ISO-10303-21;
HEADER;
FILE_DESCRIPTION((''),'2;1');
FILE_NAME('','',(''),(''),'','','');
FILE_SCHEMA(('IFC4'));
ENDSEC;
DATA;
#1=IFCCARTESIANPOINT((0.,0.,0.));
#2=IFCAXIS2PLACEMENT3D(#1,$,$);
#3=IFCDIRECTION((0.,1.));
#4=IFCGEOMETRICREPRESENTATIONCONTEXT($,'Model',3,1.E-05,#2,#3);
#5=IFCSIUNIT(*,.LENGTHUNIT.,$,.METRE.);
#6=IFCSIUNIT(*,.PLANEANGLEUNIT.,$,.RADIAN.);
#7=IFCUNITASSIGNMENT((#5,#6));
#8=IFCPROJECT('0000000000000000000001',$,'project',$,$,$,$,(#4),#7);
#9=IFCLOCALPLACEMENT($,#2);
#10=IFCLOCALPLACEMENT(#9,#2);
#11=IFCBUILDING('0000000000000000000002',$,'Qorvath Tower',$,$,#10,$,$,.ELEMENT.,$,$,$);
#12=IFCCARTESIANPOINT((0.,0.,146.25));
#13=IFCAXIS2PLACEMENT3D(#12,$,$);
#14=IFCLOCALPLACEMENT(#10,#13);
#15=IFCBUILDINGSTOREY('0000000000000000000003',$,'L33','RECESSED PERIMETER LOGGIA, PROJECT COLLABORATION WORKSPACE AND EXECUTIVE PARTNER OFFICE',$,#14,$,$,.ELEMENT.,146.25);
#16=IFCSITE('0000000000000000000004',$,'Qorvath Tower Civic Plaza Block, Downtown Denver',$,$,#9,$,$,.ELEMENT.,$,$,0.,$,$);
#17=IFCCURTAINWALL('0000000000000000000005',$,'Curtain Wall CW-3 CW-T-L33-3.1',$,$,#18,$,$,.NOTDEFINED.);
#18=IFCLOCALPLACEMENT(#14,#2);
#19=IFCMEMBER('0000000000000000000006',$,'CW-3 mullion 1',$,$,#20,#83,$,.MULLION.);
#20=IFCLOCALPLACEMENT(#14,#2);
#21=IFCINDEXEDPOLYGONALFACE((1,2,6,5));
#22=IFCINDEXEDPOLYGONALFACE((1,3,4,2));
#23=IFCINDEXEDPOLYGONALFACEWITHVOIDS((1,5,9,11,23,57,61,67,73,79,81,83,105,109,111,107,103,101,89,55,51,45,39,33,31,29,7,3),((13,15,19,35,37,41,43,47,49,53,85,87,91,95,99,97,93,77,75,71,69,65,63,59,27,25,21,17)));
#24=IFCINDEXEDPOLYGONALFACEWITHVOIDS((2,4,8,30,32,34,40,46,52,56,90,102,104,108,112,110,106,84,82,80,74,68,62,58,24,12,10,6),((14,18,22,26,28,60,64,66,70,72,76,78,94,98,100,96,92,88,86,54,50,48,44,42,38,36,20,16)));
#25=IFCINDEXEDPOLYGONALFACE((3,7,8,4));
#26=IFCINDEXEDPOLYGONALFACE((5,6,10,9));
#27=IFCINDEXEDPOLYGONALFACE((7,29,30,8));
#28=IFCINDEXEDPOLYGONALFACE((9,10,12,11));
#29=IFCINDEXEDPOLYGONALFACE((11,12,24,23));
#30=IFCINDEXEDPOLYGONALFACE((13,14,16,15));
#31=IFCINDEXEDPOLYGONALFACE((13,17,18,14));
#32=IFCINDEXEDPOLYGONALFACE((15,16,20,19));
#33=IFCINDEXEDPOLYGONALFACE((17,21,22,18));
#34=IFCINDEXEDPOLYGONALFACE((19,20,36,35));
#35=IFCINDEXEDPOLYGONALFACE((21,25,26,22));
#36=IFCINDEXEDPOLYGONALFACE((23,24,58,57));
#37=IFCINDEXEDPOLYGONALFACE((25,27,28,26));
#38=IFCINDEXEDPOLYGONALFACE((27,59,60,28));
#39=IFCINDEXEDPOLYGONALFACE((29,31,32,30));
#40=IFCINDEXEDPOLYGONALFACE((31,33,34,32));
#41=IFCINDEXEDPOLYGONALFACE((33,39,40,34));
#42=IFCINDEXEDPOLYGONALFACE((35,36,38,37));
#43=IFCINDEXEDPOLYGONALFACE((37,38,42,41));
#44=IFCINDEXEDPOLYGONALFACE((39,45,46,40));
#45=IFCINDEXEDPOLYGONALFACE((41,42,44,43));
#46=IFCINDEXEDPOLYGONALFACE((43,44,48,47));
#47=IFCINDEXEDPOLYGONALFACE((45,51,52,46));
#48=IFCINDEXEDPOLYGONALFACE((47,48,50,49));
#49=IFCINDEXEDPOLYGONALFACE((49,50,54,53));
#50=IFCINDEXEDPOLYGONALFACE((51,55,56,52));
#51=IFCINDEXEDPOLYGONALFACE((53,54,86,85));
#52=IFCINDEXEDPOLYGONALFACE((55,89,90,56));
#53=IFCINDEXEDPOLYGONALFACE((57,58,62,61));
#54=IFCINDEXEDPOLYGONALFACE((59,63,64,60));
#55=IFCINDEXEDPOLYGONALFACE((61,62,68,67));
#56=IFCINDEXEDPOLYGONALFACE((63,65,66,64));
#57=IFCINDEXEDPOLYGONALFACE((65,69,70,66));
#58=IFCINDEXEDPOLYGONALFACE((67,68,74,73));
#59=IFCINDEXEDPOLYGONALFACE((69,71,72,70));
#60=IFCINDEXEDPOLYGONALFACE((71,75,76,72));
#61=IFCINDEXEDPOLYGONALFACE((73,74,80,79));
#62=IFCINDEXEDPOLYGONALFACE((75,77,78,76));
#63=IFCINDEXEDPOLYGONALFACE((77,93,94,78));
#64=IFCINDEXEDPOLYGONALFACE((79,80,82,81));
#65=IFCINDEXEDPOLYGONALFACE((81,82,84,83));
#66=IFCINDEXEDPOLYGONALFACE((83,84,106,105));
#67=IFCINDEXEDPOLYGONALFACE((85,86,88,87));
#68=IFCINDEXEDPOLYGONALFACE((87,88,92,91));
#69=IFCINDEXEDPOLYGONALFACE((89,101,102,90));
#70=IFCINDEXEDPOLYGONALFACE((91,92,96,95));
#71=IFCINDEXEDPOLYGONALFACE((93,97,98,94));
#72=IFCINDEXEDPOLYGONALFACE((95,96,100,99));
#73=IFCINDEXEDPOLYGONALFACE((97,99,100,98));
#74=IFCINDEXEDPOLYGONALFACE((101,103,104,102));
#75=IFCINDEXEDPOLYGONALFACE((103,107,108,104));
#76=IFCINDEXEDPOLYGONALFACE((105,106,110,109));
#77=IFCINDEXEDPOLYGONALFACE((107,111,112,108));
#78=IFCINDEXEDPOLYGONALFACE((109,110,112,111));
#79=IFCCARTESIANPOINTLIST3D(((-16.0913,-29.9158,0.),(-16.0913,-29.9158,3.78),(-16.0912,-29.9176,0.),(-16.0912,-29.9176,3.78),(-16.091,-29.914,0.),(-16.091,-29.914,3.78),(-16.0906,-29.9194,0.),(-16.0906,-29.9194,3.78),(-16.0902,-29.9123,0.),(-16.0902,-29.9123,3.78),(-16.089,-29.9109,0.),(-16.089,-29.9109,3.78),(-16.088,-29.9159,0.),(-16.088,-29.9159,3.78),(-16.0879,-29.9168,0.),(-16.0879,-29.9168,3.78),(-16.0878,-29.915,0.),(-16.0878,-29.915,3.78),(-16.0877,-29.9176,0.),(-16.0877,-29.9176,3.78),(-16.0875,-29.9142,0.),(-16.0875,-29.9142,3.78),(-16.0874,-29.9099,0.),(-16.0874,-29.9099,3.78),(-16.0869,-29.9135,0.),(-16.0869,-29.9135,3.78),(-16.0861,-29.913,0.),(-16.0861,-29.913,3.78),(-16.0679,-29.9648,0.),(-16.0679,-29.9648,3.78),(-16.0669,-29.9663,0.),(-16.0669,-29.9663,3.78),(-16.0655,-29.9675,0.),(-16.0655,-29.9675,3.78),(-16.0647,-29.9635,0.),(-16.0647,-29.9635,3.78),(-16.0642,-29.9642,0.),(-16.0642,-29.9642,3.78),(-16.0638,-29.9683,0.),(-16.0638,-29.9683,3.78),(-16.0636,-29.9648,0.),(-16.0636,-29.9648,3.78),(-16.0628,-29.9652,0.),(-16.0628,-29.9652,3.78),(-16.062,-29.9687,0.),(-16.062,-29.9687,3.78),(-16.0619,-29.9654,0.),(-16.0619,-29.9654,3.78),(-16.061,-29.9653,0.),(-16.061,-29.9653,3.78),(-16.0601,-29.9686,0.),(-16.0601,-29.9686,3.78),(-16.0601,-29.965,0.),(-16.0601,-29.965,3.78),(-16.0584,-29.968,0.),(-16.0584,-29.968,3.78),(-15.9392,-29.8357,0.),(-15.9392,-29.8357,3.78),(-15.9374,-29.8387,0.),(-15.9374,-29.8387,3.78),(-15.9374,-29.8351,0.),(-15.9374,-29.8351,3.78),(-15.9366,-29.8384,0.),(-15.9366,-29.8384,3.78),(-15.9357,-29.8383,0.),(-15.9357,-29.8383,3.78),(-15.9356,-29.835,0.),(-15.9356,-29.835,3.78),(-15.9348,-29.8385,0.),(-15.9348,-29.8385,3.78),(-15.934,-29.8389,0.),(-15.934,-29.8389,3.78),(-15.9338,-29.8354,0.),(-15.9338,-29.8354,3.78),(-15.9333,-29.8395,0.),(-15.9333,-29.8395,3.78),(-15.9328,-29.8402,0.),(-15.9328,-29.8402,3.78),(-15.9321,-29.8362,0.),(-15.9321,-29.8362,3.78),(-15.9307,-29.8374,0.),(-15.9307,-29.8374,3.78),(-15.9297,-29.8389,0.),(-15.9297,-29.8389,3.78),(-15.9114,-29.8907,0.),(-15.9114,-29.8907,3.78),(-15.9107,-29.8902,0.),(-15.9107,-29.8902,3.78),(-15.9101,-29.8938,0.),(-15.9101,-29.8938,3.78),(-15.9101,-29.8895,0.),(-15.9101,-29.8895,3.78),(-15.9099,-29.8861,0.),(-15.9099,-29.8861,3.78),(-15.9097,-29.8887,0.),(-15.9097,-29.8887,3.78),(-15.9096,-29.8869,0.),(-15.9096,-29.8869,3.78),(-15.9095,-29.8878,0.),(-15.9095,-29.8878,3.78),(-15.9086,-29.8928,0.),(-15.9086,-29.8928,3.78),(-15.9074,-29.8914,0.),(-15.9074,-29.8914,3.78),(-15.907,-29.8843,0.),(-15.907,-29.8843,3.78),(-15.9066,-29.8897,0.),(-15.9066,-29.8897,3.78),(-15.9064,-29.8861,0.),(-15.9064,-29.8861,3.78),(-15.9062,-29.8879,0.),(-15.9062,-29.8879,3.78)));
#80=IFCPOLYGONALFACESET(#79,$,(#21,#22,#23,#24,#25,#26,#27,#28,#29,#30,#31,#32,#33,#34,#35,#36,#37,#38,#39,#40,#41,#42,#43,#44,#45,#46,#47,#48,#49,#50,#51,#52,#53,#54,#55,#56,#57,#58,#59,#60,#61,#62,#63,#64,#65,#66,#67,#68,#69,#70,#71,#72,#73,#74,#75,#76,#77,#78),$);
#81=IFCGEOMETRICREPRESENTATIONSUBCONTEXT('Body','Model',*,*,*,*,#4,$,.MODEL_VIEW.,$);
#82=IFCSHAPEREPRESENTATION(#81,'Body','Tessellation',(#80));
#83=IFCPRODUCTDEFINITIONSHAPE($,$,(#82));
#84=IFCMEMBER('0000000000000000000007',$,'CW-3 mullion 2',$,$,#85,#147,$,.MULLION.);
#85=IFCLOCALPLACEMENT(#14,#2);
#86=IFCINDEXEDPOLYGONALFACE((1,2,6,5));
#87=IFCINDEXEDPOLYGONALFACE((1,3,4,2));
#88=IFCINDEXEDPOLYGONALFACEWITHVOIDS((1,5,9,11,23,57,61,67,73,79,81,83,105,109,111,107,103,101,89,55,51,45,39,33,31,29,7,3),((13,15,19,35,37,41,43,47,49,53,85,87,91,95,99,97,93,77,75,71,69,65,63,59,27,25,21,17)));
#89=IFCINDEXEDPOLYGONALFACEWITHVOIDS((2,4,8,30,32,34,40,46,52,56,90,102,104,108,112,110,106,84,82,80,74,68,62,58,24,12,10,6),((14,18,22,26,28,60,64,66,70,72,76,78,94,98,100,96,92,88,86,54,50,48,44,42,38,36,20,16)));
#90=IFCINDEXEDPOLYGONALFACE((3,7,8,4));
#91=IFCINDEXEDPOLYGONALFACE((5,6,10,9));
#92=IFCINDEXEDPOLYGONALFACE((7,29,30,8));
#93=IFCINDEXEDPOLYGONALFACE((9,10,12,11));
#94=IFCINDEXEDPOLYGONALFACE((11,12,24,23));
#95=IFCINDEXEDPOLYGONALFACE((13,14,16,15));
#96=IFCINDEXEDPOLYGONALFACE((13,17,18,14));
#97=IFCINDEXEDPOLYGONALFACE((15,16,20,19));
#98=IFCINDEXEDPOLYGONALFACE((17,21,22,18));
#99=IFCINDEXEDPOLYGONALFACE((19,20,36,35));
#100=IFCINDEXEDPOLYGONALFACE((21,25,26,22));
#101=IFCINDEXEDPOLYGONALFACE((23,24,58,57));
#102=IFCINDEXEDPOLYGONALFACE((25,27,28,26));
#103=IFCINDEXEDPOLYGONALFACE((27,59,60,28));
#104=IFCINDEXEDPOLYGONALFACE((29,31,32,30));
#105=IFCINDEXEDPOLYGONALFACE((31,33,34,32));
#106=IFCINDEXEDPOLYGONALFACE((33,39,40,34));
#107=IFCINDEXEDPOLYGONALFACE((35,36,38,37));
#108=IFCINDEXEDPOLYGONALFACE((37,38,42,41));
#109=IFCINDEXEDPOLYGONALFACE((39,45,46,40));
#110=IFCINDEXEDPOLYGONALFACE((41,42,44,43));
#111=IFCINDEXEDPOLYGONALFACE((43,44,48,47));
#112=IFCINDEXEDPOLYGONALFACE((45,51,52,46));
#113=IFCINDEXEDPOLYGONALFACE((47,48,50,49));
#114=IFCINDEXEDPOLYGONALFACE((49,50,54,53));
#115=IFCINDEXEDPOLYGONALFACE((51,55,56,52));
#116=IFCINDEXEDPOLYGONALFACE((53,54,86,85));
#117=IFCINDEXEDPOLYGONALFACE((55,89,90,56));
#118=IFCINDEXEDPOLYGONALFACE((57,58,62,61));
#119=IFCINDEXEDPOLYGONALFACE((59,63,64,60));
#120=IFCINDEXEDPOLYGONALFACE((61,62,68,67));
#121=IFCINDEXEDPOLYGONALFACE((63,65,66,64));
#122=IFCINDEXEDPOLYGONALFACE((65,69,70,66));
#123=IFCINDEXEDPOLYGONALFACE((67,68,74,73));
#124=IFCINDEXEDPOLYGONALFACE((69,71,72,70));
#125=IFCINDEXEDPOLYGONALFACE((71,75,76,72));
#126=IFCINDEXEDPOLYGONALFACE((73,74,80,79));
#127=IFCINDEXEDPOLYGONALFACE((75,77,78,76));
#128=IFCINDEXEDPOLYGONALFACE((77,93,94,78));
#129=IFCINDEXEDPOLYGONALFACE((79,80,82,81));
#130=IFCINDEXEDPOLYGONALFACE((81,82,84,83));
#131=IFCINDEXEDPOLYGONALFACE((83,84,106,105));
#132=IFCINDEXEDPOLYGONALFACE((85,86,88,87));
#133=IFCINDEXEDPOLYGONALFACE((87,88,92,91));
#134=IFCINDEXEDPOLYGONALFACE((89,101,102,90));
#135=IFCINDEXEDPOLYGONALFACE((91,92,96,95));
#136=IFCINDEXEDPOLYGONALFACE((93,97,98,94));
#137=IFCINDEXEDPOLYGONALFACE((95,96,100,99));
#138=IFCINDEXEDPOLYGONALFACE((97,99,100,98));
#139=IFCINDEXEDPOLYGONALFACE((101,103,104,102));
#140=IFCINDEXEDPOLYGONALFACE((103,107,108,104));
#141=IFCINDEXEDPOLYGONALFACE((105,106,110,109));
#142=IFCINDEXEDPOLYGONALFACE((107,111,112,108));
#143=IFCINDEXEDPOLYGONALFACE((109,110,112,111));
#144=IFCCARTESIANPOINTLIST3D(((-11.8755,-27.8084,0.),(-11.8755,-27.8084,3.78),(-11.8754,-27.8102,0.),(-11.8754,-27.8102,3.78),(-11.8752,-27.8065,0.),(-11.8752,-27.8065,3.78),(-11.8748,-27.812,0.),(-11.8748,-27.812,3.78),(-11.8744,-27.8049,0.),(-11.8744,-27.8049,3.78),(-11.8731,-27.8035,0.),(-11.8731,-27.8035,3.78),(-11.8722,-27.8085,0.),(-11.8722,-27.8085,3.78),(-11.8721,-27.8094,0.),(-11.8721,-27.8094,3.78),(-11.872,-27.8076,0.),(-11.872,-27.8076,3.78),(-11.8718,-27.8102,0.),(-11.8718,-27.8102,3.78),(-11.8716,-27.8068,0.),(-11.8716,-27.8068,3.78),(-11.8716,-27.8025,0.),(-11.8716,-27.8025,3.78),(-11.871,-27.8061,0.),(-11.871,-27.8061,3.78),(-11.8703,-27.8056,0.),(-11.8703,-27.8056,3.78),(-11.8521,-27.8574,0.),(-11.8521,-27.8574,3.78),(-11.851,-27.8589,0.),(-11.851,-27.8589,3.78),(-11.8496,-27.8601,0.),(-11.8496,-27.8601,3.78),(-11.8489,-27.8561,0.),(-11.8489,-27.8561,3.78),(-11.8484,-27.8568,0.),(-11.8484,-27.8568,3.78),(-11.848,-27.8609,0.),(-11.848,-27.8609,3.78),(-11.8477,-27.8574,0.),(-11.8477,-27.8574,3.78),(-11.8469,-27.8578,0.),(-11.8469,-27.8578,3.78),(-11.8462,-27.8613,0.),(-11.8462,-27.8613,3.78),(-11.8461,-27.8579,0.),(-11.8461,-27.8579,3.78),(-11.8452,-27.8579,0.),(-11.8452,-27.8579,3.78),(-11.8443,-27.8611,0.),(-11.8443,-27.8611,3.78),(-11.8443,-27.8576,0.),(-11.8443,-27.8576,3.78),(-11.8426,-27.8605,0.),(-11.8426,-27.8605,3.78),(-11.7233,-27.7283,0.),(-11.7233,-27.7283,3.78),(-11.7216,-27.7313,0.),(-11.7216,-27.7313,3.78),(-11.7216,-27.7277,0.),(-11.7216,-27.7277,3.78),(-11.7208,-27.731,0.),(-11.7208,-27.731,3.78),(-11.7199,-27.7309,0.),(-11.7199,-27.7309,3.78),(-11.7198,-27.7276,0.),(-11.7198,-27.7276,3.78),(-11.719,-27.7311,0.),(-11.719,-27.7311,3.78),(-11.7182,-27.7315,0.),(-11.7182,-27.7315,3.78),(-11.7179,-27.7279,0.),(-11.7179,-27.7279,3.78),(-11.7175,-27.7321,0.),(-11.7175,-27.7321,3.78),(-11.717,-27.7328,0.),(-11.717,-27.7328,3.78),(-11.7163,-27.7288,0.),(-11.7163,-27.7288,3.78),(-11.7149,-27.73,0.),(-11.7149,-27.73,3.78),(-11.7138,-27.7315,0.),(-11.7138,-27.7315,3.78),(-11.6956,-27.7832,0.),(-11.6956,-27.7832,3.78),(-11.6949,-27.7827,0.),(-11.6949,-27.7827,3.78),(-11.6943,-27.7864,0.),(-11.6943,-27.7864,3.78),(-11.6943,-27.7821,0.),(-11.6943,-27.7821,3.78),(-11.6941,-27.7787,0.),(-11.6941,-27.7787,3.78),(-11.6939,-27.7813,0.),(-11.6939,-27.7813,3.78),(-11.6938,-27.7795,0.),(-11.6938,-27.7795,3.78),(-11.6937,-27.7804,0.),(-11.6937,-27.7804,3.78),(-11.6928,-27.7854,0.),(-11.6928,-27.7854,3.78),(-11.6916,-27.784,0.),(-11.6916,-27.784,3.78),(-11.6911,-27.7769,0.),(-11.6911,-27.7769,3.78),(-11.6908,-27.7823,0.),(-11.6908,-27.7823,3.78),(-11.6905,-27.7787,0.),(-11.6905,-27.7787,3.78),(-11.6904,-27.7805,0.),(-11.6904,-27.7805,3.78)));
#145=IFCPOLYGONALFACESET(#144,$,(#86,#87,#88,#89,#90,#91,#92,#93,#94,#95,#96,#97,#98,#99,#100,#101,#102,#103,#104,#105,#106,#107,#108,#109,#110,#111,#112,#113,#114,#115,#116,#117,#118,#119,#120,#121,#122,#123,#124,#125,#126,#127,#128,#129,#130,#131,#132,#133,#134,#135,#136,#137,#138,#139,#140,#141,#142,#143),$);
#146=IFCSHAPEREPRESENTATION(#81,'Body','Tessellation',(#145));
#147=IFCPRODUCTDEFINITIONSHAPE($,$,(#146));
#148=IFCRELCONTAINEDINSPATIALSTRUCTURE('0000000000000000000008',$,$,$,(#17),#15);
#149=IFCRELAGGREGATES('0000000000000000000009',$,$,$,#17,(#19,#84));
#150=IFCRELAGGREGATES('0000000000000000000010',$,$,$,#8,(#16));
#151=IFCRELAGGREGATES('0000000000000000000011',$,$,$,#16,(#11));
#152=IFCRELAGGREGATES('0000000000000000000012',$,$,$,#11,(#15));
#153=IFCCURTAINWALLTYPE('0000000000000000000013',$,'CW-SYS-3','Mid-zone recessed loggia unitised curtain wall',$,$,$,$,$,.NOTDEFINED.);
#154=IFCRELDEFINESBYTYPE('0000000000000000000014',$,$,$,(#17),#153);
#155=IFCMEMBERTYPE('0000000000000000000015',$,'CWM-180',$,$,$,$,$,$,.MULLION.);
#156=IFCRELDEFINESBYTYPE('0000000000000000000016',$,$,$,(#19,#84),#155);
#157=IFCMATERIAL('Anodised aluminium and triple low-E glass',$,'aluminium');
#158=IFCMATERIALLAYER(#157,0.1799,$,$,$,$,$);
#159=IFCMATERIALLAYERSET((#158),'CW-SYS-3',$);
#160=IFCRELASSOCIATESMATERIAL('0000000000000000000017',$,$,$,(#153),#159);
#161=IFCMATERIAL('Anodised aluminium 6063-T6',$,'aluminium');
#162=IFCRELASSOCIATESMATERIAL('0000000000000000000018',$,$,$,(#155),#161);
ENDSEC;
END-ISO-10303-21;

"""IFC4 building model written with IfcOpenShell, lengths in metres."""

from ifc_helpers import new_model, si_unit, direction, frame, origin, origin_2d, place, context, subcontext, project, spatial, hollow_rectangle, extrude, material, layer, layer_set, material_profile, profile_set, type_object, element, aggregate, save


model = new_model("IFC4")

# Units and contexts
model_context = context("Model", 3, precision=1e-05, world=origin(), true_north=direction((0.0, 1.0)))
body_context = subcontext(model_context, "Body", "Model", "MODEL_VIEW")
ifc_project = project(units=[si_unit("LENGTHUNIT", "METRE"), si_unit("PLANEANGLEUNIT", "RADIAN")], contexts=[model_context])

# Site, building, storey
site_placement = place(None, origin())
site = spatial("IfcSite", under=ifc_project, at=site_placement, Name="Qorvath Tower Civic Plaza Block, Downtown Denver", CompositionType="ELEMENT", RefElevation=0.0)
building_placement = place(site_placement, origin())
building = spatial("IfcBuilding", under=site, at=building_placement, Name="Qorvath Tower", CompositionType="ELEMENT")
storey_placement = place(building_placement, frame((0.0, 0.0, 146.25)))
storey = spatial("IfcBuildingStorey", under=building, at=storey_placement, Name="L33", Description="RECESSED PERIMETER LOGGIA, PROJECT COLLABORATION WORKSPACE AND EXECUTIVE PARTNER OFFICE", CompositionType="ELEMENT", Elevation=146.25)

# Shared definitions
ifc_material_1 = material(Name="Anodised aluminium and triple low-E glass", Category="aluminium")
ifc_layer_1 = layer(ifc_material_1, 0.1799)
ifc_layer_set_1 = layer_set([ifc_layer_1], Name="CW-SYS-3")
curtain_wall_type = type_object("IfcCurtainWallType", Name="CW-SYS-3", Description="Mid-zone recessed loggia unitised curtain wall", PredefinedType="NOTDEFINED", material=ifc_layer_set_1)
ifc_material_2 = material(Name="Anodised aluminium 6063-T6", Category="aluminium")
ifc_material_profile_1 = material_profile(ifc_material_2, hollow_rectangle(XDim=0.0649, YDim=0.1799, WallThickness=0.0034, InnerFilletRadius=0.0034, OuterFilletRadius=0.0071, at=origin_2d()), Name="CWM 180x65")
ifc_profile_set_1 = profile_set([ifc_material_profile_1], Name="Anodised aluminium 6063-T6")
member_type_1 = type_object("IfcMemberType", Name="CWM-180", PredefinedType="MULLION", material=ifc_profile_set_1)

# Curtain wall, members
curtain_wall_1_placement = place(storey_placement, origin())
curtain_wall_1 = element("IfcCurtainWall", 1, at=curtain_wall_1_placement, inside=storey, type_object=curtain_wall_type, Name="Curtain Wall CW-3 CW-T-L33-3.1", PredefinedType="NOTDEFINED")
member_1_placement = place(storey_placement, frame((-15.9988, -29.9019, 0.0), z_axis=(0.0, 0.0, 1.0), x_axis=(-0.447172, 0.894448, 0.0)))
member_1 = element("IfcMember", 2, at=member_1_placement, type_object=member_type_1, Name="CW-3 mullion 1", PredefinedType="MULLION", context=body_context, shape_type="SweptSolid", body=[
    extrude(hollow_rectangle(XDim=0.0649, YDim=0.1799, WallThickness=0.0034, InnerFilletRadius=0.0034, OuterFilletRadius=0.0071, at=origin_2d()), origin(), (0.0, 0.0, 1.0), 3.78),
])
member_2_placement = place(storey_placement, frame((-11.783, -27.7944, 0.0), z_axis=(0.0, 0.0, 1.0), x_axis=(-0.447172, 0.894448, 0.0)))
member_2 = element("IfcMember", 3, at=member_2_placement, type_object=member_type_1, Name="CW-3 mullion 2", PredefinedType="MULLION", context=body_context, shape_type="SweptSolid", body=[
    extrude(hollow_rectangle(XDim=0.0649, YDim=0.1799, WallThickness=0.0034, InnerFilletRadius=0.0034, OuterFilletRadius=0.0071, at=origin_2d()), origin(), (0.0, 0.0, 1.0), 3.78),
])

aggregate(curtain_wall_1, [member_1, member_2])

save(model, "model.ifc")
